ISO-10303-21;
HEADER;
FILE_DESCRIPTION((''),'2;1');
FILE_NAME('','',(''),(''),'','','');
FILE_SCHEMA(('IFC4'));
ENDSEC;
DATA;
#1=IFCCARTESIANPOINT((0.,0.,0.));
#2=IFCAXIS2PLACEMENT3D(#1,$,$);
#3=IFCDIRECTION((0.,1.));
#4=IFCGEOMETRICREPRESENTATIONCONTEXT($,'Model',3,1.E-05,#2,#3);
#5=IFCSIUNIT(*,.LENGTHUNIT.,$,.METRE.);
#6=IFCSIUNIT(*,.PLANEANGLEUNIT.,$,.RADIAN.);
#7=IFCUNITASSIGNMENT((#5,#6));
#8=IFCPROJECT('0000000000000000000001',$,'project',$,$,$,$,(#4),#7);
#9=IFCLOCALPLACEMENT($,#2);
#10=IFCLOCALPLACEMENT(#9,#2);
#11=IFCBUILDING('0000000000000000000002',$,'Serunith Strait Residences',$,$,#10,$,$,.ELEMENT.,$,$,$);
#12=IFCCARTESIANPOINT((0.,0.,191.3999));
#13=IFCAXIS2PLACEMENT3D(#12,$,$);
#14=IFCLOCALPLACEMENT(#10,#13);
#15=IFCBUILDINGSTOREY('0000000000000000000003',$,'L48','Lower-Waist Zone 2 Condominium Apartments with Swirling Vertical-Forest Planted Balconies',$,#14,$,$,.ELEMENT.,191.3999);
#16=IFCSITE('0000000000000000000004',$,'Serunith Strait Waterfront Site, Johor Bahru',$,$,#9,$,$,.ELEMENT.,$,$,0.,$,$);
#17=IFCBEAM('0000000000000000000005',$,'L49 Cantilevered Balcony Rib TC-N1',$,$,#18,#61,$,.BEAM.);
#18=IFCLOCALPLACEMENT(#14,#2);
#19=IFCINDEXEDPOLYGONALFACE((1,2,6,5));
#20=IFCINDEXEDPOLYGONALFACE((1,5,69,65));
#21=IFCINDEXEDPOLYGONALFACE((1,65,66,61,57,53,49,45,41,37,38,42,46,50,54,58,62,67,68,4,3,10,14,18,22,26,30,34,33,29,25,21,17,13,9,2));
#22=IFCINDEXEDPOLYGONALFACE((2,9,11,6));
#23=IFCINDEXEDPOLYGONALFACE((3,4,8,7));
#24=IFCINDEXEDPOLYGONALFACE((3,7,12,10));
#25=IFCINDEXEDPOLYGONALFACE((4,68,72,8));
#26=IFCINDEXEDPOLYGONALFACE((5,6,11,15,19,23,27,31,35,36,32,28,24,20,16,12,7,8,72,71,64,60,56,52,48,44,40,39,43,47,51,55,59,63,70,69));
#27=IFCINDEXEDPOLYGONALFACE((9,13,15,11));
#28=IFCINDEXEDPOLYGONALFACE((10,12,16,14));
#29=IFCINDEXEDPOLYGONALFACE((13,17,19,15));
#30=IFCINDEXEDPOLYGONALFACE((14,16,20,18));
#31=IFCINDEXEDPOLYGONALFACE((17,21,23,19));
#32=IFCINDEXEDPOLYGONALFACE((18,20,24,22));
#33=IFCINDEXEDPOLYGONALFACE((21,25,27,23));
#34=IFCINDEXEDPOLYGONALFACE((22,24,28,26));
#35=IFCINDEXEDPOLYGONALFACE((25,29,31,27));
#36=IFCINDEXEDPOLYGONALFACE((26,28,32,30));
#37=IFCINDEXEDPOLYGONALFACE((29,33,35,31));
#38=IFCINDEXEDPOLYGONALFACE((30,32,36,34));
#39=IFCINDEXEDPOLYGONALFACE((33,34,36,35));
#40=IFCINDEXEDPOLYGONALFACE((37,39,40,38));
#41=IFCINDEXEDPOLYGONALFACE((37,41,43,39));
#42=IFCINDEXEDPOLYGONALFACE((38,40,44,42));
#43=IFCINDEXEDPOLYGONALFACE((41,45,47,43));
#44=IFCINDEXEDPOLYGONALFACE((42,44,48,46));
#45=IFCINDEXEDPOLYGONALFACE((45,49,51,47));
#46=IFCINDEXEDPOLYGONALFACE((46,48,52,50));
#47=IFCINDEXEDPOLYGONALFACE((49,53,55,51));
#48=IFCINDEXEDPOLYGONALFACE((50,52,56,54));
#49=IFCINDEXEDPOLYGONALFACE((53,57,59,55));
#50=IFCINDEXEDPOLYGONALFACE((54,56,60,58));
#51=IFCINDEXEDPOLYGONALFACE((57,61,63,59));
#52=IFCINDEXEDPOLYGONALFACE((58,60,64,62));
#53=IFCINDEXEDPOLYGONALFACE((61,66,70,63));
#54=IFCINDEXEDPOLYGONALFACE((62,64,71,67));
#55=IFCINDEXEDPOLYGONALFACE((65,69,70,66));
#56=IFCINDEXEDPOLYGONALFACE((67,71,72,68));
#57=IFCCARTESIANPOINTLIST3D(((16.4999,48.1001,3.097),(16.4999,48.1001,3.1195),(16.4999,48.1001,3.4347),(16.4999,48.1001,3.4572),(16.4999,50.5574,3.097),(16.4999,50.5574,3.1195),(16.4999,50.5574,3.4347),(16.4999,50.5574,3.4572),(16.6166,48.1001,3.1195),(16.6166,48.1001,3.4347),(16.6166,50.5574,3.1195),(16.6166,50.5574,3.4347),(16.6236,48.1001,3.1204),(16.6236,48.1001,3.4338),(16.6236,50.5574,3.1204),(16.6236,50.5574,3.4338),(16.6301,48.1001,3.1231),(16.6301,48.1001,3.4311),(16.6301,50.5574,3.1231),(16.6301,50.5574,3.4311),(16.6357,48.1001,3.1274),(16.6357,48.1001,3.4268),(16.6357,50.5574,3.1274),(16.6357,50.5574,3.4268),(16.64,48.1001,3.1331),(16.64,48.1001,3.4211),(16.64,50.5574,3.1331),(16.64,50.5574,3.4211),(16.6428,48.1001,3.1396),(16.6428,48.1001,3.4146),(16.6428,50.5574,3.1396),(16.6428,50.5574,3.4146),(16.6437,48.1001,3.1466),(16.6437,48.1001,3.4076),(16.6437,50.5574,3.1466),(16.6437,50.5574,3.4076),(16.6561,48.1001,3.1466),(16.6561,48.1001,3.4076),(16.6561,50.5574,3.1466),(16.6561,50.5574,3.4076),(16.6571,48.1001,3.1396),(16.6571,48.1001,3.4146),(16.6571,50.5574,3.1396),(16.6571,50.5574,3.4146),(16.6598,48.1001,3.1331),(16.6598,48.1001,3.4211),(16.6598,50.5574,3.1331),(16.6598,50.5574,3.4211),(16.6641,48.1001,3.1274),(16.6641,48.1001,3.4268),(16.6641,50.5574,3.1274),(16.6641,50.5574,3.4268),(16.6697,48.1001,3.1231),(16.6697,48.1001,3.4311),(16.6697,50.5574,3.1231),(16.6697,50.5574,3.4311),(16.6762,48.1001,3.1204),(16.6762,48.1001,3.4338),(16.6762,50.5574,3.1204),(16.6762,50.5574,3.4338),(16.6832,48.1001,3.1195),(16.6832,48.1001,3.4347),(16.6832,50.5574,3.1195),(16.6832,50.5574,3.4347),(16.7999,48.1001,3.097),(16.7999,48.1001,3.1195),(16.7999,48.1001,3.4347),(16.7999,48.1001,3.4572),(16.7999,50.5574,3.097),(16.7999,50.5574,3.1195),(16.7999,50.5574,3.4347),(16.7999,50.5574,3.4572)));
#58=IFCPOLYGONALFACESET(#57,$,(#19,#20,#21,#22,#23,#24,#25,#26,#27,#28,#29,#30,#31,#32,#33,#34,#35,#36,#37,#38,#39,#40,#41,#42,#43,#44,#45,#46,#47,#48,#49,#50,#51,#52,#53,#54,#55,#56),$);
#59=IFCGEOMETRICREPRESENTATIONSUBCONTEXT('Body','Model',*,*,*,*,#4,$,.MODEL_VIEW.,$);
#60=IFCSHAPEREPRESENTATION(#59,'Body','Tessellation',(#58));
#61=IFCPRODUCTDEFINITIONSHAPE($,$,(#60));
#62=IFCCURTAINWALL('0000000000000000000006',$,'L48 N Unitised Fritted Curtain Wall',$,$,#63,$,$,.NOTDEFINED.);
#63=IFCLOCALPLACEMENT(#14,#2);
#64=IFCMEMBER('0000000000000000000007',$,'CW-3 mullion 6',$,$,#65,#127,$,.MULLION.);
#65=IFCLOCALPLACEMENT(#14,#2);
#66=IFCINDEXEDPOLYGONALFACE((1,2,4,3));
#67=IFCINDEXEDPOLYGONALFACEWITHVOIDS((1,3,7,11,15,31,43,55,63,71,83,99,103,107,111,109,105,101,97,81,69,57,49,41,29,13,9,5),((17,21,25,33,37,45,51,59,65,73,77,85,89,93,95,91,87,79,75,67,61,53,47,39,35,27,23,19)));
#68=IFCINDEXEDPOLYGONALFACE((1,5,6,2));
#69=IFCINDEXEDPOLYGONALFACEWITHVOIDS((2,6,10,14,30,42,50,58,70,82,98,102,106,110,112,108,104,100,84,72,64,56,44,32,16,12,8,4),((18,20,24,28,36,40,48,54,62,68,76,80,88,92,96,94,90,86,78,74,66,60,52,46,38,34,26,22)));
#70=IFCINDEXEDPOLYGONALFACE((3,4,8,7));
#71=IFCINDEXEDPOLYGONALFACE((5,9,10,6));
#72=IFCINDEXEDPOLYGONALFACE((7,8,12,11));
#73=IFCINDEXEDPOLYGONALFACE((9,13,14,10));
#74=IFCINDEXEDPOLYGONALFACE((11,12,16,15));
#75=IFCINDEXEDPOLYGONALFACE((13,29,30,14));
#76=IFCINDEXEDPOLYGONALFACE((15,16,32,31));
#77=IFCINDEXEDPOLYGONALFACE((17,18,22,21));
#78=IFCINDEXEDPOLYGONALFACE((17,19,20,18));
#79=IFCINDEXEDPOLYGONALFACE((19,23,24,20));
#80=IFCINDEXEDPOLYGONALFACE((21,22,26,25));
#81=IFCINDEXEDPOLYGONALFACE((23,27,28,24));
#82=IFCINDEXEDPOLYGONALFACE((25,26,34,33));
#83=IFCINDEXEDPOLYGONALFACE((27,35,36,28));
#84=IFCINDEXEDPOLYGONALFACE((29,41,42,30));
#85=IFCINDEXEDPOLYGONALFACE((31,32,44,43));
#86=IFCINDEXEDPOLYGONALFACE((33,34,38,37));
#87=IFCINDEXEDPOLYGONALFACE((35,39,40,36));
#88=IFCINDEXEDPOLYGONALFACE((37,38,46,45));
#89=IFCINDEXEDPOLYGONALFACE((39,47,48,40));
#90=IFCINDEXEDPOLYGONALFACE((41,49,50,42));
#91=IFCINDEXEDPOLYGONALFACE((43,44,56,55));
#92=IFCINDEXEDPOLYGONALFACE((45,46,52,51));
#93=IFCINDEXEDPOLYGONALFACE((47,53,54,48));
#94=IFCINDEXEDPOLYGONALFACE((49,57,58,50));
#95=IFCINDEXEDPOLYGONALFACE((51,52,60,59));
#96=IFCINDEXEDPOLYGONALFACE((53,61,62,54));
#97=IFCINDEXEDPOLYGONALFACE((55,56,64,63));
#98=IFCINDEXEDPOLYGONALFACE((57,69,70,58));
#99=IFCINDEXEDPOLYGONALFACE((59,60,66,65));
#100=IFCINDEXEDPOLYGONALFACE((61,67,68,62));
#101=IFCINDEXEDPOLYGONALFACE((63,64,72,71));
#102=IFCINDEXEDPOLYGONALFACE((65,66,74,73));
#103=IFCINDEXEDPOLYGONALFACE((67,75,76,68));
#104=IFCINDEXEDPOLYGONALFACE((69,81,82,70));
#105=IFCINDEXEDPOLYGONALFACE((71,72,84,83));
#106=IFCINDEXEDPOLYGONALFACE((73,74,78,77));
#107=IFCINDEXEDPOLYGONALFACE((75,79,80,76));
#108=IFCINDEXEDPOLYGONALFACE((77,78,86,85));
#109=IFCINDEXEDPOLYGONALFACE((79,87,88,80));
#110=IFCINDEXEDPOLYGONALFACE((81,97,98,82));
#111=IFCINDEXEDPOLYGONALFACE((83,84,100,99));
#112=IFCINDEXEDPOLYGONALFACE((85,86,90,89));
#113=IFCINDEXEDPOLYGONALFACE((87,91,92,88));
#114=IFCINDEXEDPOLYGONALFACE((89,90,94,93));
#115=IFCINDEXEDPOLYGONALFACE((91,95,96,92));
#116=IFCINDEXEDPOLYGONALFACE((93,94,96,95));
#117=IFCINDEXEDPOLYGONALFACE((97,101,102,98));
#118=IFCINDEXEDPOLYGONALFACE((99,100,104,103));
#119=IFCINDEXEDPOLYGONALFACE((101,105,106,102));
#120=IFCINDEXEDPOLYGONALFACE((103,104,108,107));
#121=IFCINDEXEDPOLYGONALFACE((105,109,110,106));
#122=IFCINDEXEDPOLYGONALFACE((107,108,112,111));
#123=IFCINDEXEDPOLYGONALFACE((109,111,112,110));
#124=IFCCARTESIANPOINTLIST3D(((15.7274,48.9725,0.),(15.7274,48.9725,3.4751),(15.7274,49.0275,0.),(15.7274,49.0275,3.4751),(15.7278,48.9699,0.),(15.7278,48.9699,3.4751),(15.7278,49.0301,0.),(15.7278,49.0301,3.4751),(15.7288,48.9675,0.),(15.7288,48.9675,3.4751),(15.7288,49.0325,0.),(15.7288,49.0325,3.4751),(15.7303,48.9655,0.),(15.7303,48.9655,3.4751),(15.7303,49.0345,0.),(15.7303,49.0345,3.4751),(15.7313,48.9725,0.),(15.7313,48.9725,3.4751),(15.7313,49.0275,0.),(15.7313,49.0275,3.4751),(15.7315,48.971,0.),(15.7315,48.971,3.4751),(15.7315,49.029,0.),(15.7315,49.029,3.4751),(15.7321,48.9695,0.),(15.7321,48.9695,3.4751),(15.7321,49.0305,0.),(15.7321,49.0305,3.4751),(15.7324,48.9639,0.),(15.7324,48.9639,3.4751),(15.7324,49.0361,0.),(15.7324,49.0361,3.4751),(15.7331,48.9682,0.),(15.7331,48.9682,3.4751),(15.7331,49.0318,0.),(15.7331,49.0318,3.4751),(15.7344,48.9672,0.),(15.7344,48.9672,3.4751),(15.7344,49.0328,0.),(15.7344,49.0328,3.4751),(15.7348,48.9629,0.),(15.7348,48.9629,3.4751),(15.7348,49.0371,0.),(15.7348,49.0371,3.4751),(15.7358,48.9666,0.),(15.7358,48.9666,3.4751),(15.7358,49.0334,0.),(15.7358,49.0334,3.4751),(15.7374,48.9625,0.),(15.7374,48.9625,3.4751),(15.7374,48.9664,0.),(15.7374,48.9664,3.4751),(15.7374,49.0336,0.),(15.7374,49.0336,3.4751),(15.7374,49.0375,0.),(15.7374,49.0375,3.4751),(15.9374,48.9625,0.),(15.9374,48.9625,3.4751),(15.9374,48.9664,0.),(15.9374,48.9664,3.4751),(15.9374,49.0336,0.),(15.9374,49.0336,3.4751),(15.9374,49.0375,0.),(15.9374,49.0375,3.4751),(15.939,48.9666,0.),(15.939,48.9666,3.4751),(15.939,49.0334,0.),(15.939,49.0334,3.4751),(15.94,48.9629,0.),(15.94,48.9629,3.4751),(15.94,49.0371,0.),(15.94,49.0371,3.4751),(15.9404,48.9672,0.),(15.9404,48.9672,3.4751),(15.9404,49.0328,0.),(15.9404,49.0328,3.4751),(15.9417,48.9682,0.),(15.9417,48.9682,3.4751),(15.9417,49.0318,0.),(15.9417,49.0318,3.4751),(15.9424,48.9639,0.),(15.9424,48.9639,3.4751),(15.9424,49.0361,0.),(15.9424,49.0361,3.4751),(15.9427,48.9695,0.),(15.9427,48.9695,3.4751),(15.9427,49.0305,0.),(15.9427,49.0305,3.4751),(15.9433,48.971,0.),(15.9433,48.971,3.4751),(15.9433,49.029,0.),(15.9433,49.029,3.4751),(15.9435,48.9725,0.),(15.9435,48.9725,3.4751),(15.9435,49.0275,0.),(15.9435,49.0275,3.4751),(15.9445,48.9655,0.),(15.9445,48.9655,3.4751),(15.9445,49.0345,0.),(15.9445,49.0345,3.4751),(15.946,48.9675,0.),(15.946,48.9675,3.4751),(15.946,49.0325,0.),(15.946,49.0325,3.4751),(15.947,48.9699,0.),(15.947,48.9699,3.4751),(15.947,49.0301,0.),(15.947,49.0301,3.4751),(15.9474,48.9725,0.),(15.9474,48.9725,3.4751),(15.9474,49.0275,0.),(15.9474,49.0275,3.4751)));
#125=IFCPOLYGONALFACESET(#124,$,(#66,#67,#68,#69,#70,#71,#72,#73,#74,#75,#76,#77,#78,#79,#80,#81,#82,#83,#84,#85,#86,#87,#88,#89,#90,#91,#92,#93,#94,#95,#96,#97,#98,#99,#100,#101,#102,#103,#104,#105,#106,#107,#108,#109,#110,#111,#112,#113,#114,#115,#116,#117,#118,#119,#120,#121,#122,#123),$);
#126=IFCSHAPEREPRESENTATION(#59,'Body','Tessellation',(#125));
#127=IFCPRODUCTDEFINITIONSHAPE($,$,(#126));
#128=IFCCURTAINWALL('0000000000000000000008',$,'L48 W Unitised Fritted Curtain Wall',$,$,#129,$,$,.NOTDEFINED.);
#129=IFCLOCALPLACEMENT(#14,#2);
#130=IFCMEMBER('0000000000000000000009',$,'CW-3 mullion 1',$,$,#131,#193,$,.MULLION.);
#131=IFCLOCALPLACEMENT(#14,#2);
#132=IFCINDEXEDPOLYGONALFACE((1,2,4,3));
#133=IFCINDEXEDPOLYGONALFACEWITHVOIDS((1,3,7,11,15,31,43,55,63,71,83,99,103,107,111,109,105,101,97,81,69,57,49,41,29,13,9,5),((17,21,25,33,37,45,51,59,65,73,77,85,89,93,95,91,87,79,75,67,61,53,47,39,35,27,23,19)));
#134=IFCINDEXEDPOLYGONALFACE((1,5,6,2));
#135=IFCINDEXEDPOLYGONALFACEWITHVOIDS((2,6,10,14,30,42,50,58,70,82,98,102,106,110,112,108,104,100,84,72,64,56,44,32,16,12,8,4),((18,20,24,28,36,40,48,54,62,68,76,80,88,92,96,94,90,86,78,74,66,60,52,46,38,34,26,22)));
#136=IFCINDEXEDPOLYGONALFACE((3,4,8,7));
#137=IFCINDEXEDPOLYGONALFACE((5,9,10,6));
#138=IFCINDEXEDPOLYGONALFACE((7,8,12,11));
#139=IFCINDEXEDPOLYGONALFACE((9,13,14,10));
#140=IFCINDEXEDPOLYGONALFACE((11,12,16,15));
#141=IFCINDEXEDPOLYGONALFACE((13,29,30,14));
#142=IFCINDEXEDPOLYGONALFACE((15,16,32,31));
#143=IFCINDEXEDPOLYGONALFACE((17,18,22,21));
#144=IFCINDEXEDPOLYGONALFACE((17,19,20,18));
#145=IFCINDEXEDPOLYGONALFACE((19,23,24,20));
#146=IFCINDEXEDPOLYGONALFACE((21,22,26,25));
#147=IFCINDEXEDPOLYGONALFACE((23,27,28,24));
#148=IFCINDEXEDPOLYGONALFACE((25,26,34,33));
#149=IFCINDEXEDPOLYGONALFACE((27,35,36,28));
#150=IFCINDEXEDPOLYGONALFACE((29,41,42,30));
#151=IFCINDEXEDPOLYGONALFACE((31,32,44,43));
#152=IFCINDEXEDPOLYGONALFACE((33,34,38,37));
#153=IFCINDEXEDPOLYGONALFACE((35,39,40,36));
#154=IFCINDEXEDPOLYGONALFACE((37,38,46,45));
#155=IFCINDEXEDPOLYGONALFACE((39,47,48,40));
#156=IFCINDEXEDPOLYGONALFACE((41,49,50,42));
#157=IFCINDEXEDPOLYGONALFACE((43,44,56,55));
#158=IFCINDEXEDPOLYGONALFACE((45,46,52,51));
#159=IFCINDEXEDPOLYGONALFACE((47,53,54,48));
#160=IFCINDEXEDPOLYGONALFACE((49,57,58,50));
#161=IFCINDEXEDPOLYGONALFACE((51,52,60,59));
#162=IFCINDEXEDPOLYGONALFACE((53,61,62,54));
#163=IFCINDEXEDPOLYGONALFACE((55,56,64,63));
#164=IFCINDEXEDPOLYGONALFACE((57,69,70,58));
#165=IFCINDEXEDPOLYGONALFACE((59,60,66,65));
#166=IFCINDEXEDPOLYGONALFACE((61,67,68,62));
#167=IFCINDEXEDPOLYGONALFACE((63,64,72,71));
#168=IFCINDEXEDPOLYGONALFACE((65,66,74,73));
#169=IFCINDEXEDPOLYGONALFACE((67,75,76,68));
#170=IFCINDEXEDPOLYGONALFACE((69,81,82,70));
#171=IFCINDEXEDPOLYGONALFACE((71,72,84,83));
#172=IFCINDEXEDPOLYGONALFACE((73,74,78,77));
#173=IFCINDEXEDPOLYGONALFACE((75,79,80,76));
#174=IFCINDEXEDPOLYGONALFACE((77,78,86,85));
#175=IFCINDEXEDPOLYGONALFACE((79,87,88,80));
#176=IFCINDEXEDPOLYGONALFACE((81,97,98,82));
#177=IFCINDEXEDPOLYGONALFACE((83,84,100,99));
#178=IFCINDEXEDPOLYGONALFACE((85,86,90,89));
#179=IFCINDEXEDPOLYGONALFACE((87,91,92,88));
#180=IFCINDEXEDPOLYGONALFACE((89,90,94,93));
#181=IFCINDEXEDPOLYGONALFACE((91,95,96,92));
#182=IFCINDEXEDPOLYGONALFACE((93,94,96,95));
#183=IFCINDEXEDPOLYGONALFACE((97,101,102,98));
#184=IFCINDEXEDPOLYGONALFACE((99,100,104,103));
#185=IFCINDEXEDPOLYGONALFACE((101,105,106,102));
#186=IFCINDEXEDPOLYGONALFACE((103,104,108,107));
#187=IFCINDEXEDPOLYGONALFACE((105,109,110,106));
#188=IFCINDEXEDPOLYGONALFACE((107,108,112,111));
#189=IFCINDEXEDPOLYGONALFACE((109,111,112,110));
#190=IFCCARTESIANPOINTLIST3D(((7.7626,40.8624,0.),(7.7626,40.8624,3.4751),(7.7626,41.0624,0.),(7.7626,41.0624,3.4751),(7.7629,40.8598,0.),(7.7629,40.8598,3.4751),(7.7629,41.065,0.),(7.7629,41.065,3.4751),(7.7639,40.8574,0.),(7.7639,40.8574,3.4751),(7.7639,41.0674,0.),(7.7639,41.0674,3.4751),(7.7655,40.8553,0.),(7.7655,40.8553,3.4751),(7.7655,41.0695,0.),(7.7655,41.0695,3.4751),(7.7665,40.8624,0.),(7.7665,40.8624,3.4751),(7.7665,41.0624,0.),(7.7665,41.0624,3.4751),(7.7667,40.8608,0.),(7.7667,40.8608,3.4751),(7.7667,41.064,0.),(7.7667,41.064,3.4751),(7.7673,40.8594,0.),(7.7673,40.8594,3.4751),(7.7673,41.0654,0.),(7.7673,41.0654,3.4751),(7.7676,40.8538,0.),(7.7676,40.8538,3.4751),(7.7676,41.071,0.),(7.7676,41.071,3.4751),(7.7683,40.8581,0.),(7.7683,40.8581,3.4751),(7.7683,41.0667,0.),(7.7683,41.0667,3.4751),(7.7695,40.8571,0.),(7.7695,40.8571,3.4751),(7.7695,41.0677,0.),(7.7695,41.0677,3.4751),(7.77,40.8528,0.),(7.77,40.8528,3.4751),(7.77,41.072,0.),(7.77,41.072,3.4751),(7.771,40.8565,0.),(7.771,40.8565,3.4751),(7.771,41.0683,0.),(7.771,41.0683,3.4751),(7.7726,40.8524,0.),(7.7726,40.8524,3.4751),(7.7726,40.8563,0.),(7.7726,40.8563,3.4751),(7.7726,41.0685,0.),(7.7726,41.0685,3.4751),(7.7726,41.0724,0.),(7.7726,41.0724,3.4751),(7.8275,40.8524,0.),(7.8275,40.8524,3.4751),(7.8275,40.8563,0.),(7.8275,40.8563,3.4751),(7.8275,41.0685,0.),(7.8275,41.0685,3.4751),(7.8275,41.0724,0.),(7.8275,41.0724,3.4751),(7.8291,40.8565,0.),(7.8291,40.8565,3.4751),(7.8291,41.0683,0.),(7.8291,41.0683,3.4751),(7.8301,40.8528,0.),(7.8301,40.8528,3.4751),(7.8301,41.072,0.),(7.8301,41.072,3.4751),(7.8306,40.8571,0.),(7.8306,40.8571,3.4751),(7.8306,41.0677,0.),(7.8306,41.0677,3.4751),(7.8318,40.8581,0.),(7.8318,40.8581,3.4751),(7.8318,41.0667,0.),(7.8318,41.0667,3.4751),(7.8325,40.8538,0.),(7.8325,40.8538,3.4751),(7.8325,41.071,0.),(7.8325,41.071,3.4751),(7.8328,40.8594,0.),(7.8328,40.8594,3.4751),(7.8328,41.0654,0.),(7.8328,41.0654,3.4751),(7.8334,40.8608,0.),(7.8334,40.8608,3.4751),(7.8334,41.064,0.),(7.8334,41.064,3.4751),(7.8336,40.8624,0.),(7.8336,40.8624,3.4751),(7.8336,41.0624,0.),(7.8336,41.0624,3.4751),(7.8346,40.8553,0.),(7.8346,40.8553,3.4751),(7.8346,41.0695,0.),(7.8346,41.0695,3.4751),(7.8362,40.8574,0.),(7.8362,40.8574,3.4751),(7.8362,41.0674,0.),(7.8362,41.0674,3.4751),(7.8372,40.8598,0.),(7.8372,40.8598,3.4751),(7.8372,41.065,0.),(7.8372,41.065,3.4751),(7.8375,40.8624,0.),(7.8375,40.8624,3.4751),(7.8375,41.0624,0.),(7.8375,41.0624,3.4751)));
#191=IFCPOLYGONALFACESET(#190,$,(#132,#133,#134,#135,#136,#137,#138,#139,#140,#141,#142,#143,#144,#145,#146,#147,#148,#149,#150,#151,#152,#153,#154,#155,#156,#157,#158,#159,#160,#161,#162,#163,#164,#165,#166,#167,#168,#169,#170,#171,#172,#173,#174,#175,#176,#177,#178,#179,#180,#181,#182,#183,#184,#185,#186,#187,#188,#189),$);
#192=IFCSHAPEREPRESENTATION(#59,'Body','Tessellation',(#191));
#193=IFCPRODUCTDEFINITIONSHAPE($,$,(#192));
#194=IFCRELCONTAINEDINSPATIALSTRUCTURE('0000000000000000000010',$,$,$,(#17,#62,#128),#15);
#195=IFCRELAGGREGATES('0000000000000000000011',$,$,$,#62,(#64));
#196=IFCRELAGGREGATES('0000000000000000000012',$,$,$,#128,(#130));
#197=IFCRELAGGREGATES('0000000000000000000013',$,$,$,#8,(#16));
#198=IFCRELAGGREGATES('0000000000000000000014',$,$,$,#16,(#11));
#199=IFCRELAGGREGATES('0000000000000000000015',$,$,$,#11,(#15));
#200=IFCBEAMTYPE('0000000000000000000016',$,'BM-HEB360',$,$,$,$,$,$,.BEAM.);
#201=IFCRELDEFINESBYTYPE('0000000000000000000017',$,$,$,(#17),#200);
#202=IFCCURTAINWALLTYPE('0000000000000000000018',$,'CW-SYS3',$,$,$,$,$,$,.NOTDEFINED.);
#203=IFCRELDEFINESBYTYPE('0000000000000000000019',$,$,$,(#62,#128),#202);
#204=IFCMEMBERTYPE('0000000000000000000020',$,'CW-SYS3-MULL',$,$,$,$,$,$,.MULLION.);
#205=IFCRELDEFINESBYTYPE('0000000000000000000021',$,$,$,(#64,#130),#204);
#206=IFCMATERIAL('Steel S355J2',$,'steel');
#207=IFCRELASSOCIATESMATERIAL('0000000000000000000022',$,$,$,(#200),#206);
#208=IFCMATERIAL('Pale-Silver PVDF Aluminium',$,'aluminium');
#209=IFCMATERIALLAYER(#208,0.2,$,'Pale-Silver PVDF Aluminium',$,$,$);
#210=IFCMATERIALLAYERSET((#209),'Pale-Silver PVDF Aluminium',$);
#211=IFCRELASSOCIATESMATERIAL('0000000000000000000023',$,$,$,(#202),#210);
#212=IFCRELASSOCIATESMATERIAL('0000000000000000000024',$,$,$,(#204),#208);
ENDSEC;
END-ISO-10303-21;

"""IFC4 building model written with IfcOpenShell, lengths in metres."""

from ifc_helpers import new_model, si_unit, direction, frame, origin, origin_2d, place, context, subcontext, project, spatial, hollow_rectangle, i_section, extrude, source, transform, mapped, material, layer, layer_set, material_profile, profile_set, type_object, element, aggregate, save


model = new_model("IFC4")

# Units and contexts
model_context = context("Model", 3, precision=1e-05, world=origin(), true_north=direction((0.0, 1.0)))
body_context = subcontext(model_context, "Body", "Model", "MODEL_VIEW")
ifc_project = project(units=[si_unit("LENGTHUNIT", "METRE"), si_unit("PLANEANGLEUNIT", "RADIAN")], contexts=[model_context])

# Site, building, storey
site_placement = place(None, origin())
site = spatial("IfcSite", under=ifc_project, at=site_placement, Name="Serunith Strait Waterfront Site, Johor Bahru", CompositionType="ELEMENT", RefElevation=0.0)
building_placement = place(site_placement, origin())
building = spatial("IfcBuilding", under=site, at=building_placement, Name="Serunith Strait Residences", CompositionType="ELEMENT")
storey_placement = place(building_placement, frame((0.0, 0.0, 191.3999)))
storey = spatial("IfcBuildingStorey", under=building, at=storey_placement, Name="L48", Description="Lower-Waist Zone 2 Condominium Apartments with Swirling Vertical-Forest Planted Balconies", CompositionType="ELEMENT", Elevation=191.3999)

# Beam
ifc_material_1 = material(Name="Steel S355J2", Category="steel")
ifc_material_profile_1 = material_profile(ifc_material_1, i_section(OverallWidth=0.3, OverallDepth=0.3601, WebThickness=0.0125, FlangeThickness=0.0225, FilletRadius=0.0271, at=origin_2d()), Name="HEB 360")
ifc_profile_set_1 = profile_set([ifc_material_profile_1], Name="Steel S355J2")
beam_type_1 = type_object("IfcBeamType", Name="BM-HEB360", PredefinedType="BEAM", material=ifc_profile_set_1)
shared_shape_1 = source(origin(), body_context, "Body", "SweptSolid", [
    extrude(i_section(OverallWidth=0.3, OverallDepth=0.3601, WebThickness=0.0125, FlangeThickness=0.0225, FilletRadius=0.0271, at=origin_2d()), origin(), (0.0, 0.0, 1.0), 2.4573),
])
beam_1_placement = place(storey_placement, frame((16.6499, 48.1001, 3.2771), z_axis=(0.0, 1.0, 0.0), x_axis=(-1.0, 0.0, 0.0)))
element("IfcBeam", 1, at=beam_1_placement, inside=storey, type_object=beam_type_1, Name="L49 Cantilevered Balcony Rib TC-N1", PredefinedType="BEAM", context=body_context, shape_type="MappedRepresentation", body=[
    mapped(shared_shape_1, transform((0.0, 0.0, 0.0), scale=1.0)),
])

# Curtain wall, member
ifc_material_2 = material(Name="Pale-Silver PVDF Aluminium", Category="aluminium")
ifc_layer_1 = layer(ifc_material_2, 0.2, Name="Pale-Silver PVDF Aluminium")
ifc_layer_set_1 = layer_set([ifc_layer_1], Name="Pale-Silver PVDF Aluminium")
curtain_wall_type = type_object("IfcCurtainWallType", Name="CW-SYS3", PredefinedType="NOTDEFINED", material=ifc_layer_set_1)
curtain_wall_1_placement = place(storey_placement, origin())
curtain_wall_1 = element("IfcCurtainWall", 2, at=curtain_wall_1_placement, inside=storey, type_object=curtain_wall_type, Name="L48 N Unitised Fritted Curtain Wall", PredefinedType="NOTDEFINED")
ifc_material_profile_2 = material_profile(ifc_material_2, hollow_rectangle(XDim=0.075, YDim=0.22, WallThickness=0.0039, InnerFilletRadius=0.0061, OuterFilletRadius=0.01, at=origin_2d()), Name="ALU 220x75x4")
ifc_profile_set_2 = profile_set([ifc_material_profile_2], Name="Pale-Silver PVDF Aluminium")
member_type_1 = type_object("IfcMemberType", Name="CW-SYS3-MULL", PredefinedType="MULLION", material=ifc_profile_set_2)
shared_shape_2 = source(origin(), body_context, "Body", "SweptSolid", [
    extrude(hollow_rectangle(XDim=0.075, YDim=0.22, WallThickness=0.0039, InnerFilletRadius=0.0061, OuterFilletRadius=0.01, at=origin_2d()), origin(), (0.0, 0.0, 1.0), 3.4751),
])
member_1_placement = place(storey_placement, frame((15.8374, 49.0, 0.0), z_axis=(0.0, 0.0, 1.0), x_axis=(0.0, -1.0, 0.0)))
member_1 = element("IfcMember", 3, at=member_1_placement, type_object=member_type_1, Name="CW-3 mullion 6", PredefinedType="MULLION", context=body_context, shape_type="MappedRepresentation", body=[
    mapped(shared_shape_2, transform((0.0, 0.0, 0.0), scale=1.0)),
])
aggregate(curtain_wall_1, [member_1])

# Curtain wall, member
curtain_wall_2_placement = place(storey_placement, origin())
curtain_wall_2 = element("IfcCurtainWall", 4, at=curtain_wall_2_placement, inside=storey, type_object=curtain_wall_type, Name="L48 W Unitised Fritted Curtain Wall", PredefinedType="NOTDEFINED")
member_2_placement = place(storey_placement, frame((7.8, 40.9624, 0.0), z_axis=(0.0, 0.0, 1.0), x_axis=(1.0, 0.0, 0.0)))
member_2 = element("IfcMember", 5, at=member_2_placement, type_object=member_type_1, Name="CW-3 mullion 1", PredefinedType="MULLION", context=body_context, shape_type="MappedRepresentation", body=[
    mapped(shared_shape_2, transform((0.0, 0.0, 0.0), scale=1.0)),
])
aggregate(curtain_wall_2, [member_2])

save(model, "model.ifc")
